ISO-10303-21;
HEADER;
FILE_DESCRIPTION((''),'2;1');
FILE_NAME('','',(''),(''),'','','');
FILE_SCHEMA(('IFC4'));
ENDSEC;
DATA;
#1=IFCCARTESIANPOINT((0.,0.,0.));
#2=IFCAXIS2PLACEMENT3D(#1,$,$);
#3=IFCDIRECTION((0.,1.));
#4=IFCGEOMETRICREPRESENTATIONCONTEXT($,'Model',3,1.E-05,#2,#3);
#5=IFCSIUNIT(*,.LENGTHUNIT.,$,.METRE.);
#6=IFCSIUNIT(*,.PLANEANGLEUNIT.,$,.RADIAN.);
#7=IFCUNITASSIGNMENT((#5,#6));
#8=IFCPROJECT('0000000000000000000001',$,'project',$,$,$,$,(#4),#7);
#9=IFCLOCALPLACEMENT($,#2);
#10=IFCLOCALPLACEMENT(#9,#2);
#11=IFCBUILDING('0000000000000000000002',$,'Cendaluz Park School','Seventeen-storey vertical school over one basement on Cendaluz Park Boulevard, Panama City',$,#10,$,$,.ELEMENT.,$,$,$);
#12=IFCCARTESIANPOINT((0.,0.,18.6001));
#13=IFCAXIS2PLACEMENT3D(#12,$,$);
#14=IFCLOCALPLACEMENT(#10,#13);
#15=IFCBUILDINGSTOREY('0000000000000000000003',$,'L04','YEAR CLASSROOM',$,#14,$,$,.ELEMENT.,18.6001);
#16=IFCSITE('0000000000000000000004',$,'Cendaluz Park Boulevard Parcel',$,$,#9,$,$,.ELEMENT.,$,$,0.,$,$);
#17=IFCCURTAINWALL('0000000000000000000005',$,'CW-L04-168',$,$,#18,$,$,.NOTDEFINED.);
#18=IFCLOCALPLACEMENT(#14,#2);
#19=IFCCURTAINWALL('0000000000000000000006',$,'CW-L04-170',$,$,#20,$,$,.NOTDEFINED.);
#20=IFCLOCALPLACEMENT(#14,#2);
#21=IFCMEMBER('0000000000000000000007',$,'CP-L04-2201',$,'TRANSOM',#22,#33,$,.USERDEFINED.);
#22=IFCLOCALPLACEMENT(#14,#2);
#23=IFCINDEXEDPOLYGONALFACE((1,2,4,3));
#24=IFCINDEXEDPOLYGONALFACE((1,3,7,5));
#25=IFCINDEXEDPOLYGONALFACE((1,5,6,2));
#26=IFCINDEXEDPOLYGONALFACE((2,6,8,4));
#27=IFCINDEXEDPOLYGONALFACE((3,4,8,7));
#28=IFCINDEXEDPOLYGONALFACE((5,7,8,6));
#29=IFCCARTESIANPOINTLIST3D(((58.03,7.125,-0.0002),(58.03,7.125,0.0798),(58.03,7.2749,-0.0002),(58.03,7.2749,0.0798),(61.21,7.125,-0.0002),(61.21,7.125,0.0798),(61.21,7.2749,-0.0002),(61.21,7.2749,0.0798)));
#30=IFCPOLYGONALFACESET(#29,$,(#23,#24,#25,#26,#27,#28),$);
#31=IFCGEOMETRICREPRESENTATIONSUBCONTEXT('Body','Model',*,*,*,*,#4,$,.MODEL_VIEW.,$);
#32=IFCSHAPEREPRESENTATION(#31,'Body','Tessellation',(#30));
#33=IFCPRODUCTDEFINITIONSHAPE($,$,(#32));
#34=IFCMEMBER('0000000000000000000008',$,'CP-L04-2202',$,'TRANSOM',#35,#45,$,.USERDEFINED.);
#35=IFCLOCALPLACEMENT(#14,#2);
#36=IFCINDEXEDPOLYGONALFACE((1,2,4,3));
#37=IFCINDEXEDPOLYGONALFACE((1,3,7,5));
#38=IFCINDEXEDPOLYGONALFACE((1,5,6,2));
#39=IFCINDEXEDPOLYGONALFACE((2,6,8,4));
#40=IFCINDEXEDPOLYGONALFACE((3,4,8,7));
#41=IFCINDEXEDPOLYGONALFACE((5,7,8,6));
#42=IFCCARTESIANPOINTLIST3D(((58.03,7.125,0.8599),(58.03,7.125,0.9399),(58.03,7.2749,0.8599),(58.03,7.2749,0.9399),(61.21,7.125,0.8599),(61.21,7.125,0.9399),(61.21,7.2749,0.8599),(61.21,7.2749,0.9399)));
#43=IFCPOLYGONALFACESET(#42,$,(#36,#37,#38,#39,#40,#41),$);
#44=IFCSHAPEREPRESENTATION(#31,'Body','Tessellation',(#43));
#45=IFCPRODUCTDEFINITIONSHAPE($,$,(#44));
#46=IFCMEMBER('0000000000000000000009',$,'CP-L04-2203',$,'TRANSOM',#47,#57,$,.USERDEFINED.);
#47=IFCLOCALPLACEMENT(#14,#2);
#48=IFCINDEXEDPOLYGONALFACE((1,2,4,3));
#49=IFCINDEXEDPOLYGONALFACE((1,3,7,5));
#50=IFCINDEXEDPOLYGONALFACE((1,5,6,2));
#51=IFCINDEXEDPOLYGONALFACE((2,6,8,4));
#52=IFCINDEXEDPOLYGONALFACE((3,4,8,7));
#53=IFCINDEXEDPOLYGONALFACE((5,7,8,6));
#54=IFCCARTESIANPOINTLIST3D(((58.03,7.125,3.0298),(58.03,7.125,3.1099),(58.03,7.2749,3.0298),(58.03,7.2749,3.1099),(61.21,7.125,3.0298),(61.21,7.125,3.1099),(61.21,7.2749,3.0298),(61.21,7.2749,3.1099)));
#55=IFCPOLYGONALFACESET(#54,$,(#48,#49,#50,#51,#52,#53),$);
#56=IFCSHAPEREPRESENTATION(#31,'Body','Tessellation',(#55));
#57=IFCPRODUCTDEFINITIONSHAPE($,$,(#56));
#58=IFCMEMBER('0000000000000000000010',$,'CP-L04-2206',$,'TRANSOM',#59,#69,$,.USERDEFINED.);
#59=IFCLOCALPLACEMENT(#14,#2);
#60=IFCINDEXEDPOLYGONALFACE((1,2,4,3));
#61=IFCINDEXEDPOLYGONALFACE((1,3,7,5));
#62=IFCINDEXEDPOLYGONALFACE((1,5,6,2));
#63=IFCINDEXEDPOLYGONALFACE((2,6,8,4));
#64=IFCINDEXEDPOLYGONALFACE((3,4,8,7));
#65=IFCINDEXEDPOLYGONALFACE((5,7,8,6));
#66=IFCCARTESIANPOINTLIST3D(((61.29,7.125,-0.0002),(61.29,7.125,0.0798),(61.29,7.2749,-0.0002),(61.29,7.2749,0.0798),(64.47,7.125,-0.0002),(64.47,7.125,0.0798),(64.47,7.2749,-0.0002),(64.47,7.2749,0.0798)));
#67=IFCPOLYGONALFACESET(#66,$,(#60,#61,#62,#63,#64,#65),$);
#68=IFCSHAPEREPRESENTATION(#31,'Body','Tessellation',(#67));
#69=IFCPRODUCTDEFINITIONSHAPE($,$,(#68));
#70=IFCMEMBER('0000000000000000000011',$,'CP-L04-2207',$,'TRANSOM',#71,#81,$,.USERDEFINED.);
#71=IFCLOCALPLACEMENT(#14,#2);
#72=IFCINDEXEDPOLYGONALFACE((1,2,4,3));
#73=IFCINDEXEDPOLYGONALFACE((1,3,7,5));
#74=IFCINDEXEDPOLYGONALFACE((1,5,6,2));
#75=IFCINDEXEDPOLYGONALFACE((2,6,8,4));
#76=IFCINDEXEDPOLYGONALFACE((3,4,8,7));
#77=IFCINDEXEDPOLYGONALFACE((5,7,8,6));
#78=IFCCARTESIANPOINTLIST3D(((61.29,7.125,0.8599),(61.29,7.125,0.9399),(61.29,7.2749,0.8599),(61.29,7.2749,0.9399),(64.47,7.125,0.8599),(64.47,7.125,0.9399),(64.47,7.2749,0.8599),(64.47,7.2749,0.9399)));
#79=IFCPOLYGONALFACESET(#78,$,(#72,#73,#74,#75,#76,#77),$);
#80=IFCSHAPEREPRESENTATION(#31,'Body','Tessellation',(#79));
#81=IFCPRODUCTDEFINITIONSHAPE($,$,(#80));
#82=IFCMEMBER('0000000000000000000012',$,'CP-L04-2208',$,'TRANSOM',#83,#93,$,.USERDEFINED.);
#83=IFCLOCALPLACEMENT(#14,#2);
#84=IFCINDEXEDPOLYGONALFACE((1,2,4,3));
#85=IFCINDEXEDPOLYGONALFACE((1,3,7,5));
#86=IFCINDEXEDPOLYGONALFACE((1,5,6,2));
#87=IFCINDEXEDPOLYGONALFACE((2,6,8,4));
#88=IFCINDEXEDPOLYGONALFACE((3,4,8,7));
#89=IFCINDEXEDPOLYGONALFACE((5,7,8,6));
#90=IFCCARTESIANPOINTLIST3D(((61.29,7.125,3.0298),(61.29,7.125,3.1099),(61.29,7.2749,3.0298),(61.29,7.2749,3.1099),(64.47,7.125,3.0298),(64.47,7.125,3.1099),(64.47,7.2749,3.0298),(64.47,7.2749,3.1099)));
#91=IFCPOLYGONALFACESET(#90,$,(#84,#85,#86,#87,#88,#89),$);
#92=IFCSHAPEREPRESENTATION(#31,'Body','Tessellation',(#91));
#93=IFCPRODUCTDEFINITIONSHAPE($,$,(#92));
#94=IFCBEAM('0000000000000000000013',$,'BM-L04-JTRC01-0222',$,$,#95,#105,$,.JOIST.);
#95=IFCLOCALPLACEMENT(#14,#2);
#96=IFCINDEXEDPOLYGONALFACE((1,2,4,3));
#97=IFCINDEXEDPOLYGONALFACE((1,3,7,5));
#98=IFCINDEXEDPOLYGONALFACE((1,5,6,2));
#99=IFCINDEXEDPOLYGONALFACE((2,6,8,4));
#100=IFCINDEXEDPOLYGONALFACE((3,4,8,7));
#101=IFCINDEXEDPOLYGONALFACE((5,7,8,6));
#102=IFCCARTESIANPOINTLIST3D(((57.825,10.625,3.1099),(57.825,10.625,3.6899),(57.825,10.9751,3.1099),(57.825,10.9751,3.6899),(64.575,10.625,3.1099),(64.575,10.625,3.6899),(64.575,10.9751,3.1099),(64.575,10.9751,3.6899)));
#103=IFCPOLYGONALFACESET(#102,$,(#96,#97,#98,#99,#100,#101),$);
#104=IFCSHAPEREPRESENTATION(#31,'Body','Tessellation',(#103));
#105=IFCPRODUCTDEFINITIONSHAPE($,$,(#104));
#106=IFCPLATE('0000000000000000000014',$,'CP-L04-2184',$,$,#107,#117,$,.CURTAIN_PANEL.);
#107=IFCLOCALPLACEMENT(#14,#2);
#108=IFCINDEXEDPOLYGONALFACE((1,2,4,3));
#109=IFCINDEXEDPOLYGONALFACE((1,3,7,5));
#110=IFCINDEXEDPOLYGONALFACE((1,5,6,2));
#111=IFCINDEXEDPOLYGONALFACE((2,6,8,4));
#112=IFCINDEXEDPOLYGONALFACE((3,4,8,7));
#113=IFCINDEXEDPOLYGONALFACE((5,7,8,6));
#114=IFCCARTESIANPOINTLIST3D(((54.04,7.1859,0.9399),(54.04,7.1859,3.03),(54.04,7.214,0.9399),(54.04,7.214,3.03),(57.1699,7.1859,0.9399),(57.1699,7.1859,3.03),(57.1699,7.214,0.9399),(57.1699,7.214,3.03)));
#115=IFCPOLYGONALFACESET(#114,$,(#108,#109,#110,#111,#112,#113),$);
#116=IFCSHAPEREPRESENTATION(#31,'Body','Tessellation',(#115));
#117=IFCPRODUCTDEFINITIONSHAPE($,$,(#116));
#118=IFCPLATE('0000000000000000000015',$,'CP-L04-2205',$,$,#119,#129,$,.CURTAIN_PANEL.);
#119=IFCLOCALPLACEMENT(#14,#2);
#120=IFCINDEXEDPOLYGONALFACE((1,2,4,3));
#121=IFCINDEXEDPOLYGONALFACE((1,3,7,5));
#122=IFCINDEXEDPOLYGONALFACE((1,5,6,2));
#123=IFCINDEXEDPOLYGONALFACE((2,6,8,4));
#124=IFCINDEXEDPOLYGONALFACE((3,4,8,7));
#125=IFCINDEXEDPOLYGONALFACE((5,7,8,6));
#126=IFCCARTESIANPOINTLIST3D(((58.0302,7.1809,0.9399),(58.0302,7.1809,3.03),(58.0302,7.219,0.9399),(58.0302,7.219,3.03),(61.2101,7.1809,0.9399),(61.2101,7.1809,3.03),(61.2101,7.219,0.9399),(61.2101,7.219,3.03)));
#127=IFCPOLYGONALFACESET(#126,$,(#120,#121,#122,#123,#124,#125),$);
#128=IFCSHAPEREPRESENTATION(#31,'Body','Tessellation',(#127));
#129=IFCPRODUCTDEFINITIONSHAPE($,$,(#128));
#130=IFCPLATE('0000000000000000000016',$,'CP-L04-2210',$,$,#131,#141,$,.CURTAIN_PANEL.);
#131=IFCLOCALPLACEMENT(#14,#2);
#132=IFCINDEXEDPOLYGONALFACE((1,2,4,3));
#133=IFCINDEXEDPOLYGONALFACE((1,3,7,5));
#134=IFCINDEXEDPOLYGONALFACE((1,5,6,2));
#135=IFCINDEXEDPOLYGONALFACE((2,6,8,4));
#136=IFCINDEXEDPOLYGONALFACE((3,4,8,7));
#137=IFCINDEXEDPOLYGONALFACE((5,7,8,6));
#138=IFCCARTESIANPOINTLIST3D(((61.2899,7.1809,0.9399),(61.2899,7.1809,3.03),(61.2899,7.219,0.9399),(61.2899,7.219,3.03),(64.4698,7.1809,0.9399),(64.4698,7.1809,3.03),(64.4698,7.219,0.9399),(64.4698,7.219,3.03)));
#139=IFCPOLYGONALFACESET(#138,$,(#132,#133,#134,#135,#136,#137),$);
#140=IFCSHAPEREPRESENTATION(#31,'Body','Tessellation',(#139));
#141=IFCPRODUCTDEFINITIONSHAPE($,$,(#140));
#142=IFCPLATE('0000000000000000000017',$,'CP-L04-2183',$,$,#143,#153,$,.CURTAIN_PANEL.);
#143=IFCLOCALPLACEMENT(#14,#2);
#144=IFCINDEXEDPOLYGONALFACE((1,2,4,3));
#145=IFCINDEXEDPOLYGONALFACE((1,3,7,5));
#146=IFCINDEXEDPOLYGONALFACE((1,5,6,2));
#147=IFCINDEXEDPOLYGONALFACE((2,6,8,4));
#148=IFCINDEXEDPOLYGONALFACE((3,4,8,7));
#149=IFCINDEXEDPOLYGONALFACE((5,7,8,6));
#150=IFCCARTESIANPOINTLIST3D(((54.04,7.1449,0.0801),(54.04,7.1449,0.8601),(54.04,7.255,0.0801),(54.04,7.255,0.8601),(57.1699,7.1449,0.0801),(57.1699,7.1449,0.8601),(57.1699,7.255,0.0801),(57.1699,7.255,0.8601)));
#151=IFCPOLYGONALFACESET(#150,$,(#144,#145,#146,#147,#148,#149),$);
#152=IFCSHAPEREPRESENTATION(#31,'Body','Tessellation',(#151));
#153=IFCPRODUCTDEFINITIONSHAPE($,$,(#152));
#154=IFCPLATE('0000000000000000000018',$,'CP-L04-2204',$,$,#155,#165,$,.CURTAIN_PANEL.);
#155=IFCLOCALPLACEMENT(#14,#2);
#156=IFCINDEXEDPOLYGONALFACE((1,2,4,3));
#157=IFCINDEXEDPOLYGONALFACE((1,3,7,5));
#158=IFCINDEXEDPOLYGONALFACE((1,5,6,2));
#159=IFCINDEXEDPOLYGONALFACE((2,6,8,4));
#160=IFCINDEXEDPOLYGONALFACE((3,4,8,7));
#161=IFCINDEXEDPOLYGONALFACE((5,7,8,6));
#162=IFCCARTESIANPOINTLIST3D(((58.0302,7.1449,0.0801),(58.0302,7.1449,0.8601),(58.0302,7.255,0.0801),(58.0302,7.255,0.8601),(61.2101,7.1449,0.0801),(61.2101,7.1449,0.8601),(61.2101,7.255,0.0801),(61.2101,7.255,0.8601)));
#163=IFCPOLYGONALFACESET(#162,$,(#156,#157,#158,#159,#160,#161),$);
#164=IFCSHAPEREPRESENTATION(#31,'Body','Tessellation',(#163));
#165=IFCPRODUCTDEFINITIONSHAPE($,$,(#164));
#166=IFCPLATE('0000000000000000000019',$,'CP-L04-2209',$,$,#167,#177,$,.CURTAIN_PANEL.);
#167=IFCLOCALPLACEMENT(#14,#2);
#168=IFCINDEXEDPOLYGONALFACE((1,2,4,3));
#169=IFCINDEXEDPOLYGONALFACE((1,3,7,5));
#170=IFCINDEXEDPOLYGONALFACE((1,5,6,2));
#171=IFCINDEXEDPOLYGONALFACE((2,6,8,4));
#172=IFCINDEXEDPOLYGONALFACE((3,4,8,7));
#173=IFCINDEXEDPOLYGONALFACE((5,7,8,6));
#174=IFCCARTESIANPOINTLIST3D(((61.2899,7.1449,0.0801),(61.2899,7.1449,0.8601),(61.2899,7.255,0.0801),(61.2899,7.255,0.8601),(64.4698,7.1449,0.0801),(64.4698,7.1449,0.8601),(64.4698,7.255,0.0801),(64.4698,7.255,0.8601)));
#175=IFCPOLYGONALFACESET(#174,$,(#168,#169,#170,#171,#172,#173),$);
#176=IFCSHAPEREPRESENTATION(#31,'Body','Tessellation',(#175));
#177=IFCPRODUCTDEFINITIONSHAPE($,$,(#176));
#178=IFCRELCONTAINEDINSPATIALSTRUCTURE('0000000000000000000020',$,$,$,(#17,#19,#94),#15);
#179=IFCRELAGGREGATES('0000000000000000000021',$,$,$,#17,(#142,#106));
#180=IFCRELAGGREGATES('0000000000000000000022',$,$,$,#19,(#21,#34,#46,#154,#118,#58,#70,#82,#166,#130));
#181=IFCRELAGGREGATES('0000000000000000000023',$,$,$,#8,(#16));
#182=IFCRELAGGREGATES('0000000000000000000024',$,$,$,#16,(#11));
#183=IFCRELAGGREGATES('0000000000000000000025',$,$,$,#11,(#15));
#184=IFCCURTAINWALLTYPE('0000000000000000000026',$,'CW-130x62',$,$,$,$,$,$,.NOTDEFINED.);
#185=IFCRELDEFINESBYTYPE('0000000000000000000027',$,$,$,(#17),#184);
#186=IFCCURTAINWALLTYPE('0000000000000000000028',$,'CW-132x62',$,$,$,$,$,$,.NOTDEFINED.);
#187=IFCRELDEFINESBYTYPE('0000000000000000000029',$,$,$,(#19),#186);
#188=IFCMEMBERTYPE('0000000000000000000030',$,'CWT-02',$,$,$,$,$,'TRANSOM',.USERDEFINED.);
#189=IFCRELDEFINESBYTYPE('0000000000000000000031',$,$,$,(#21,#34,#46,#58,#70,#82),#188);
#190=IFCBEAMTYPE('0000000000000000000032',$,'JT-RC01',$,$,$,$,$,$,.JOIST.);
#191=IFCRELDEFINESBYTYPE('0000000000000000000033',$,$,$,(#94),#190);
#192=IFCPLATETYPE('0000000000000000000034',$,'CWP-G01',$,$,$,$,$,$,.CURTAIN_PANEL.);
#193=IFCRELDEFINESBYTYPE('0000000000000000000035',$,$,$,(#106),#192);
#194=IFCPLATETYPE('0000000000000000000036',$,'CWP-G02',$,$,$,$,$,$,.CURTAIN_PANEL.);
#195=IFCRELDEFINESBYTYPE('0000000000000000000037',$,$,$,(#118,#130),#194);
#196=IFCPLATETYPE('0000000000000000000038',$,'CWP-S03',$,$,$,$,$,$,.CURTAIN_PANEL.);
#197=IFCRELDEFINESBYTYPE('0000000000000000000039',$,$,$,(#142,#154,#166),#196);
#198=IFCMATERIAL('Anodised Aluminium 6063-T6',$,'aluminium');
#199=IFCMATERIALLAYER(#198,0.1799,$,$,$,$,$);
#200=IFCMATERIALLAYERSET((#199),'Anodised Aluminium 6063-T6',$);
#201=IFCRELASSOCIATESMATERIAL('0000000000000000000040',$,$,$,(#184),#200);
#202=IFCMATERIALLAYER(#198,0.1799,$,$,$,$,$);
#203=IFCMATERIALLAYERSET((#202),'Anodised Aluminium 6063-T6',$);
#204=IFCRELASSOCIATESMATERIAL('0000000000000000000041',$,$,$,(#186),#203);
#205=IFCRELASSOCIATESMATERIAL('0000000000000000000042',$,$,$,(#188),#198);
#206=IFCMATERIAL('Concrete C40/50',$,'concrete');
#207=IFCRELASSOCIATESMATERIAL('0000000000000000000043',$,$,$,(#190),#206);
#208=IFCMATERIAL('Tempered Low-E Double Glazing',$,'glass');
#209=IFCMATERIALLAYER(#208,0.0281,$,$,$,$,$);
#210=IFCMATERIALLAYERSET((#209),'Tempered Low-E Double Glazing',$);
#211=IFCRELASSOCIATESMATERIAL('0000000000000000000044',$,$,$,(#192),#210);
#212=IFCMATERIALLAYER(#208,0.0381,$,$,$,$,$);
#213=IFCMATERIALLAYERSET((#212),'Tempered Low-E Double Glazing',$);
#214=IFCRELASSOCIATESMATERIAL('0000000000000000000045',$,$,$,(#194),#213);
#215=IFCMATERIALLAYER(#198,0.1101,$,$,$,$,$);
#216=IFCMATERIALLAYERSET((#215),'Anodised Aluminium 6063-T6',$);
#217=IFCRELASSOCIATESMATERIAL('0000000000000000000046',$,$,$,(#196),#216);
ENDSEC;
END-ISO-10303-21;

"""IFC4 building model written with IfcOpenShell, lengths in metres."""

from ifc_helpers import new_model, si_unit, direction, frame, origin, origin_2d, place, context, subcontext, project, spatial, rectangle, extrude, material, layer, layer_set, material_profile, profile_set, type_object, element, aggregate, save


model = new_model("IFC4")

# Units and contexts
model_context = context("Model", 3, precision=1e-05, world=origin(), true_north=direction((0.0, 1.0)))
body_context = subcontext(model_context, "Body", "Model", "MODEL_VIEW")
ifc_project = project(units=[si_unit("LENGTHUNIT", "METRE"), si_unit("PLANEANGLEUNIT", "RADIAN")], contexts=[model_context])

# Site, building, storey
site_placement = place(None, origin())
site = spatial("IfcSite", under=ifc_project, at=site_placement, Name="Cendaluz Park Boulevard Parcel", CompositionType="ELEMENT", RefElevation=0.0)
building_placement = place(site_placement, origin())
building = spatial("IfcBuilding", under=site, at=building_placement, Name="Cendaluz Park School", Description="Seventeen-storey vertical school over one basement on Cendaluz Park Boulevard, Panama City", CompositionType="ELEMENT")
storey_placement = place(building_placement, frame((0.0, 0.0, 18.6001)))
storey = spatial("IfcBuildingStorey", under=building, at=storey_placement, Name="L04", Description="YEAR CLASSROOM", CompositionType="ELEMENT", Elevation=18.6001)

# Shared definitions
ifc_material_1 = material(Name="Concrete C40/50", Category="concrete")

# Curtain wall
ifc_material_2 = material(Name="Anodised Aluminium 6063-T6", Category="aluminium")
ifc_layer_1 = layer(ifc_material_2, 0.1799)
ifc_layer_set_1 = layer_set([ifc_layer_1], Name="Anodised Aluminium 6063-T6")
curtain_wall_type_1 = type_object("IfcCurtainWallType", Name="CW-130x62", PredefinedType="NOTDEFINED", material=ifc_layer_set_1)
curtain_wall_1_placement = place(storey_placement, origin())
curtain_wall_1 = element("IfcCurtainWall", 1, at=curtain_wall_1_placement, inside=storey, type_object=curtain_wall_type_1, Name="CW-L04-168", PredefinedType="NOTDEFINED")

# Curtain wall
ifc_layer_2 = layer(ifc_material_2, 0.1799)
ifc_layer_set_2 = layer_set([ifc_layer_2], Name="Anodised Aluminium 6063-T6")
curtain_wall_type_2 = type_object("IfcCurtainWallType", Name="CW-132x62", PredefinedType="NOTDEFINED", material=ifc_layer_set_2)
curtain_wall_2_placement = place(storey_placement, origin())
curtain_wall_2 = element("IfcCurtainWall", 2, at=curtain_wall_2_placement, inside=storey, type_object=curtain_wall_type_2, Name="CW-L04-170", PredefinedType="NOTDEFINED")

# Members
ifc_material_profile_1 = material_profile(ifc_material_2, rectangle(XDim=0.1499, YDim=0.0801, at=origin_2d()), Name="CWT 150x80", Category="aluminium")
ifc_profile_set_1 = profile_set([ifc_material_profile_1], Name="Anodised Aluminium 6063-T6")
member_type_1 = type_object("IfcMemberType", Name="CWT-02", ElementType="TRANSOM", PredefinedType="USERDEFINED", material=ifc_profile_set_1)
member_1_placement = place(storey_placement, frame((58.03, 7.2, 0.0398), z_axis=(1.0, 0.0, 0.0), x_axis=(0.0, 1.0, 0.0)))
member_1 = element("IfcMember", 3, at=member_1_placement, type_object=member_type_1, Name="CP-L04-2201", ObjectType="TRANSOM", PredefinedType="USERDEFINED", context=body_context, shape_type="SweptSolid", body=[
    extrude(rectangle(XDim=0.1499, YDim=0.0801, at=origin_2d()), origin(), (0.0, 0.0, 1.0), 3.1799),
])
member_2_placement = place(storey_placement, frame((58.03, 7.2, 0.8999), z_axis=(1.0, 0.0, 0.0), x_axis=(0.0, 1.0, 0.0)))
member_2 = element("IfcMember", 4, at=member_2_placement, type_object=member_type_1, Name="CP-L04-2202", ObjectType="TRANSOM", PredefinedType="USERDEFINED", context=body_context, shape_type="SweptSolid", body=[
    extrude(rectangle(XDim=0.1499, YDim=0.0801, at=origin_2d()), origin(), (0.0, 0.0, 1.0), 3.1799),
])
member_3_placement = place(storey_placement, frame((58.03, 7.2, 3.0698), z_axis=(1.0, 0.0, 0.0), x_axis=(0.0, 1.0, 0.0)))
member_3 = element("IfcMember", 5, at=member_3_placement, type_object=member_type_1, Name="CP-L04-2203", ObjectType="TRANSOM", PredefinedType="USERDEFINED", context=body_context, shape_type="SweptSolid", body=[
    extrude(rectangle(XDim=0.1499, YDim=0.0801, at=origin_2d()), origin(), (0.0, 0.0, 1.0), 3.1799),
])
member_4_placement = place(storey_placement, frame((61.29, 7.2, 0.0398), z_axis=(1.0, 0.0, 0.0), x_axis=(0.0, 1.0, 0.0)))
member_4 = element("IfcMember", 6, at=member_4_placement, type_object=member_type_1, Name="CP-L04-2206", ObjectType="TRANSOM", PredefinedType="USERDEFINED", context=body_context, shape_type="SweptSolid", body=[
    extrude(rectangle(XDim=0.1499, YDim=0.0801, at=origin_2d()), origin(), (0.0, 0.0, 1.0), 3.1799),
])
member_5_placement = place(storey_placement, frame((61.29, 7.2, 0.8999), z_axis=(1.0, 0.0, 0.0), x_axis=(0.0, 1.0, 0.0)))
member_5 = element("IfcMember", 7, at=member_5_placement, type_object=member_type_1, Name="CP-L04-2207", ObjectType="TRANSOM", PredefinedType="USERDEFINED", context=body_context, shape_type="SweptSolid", body=[
    extrude(rectangle(XDim=0.1499, YDim=0.0801, at=origin_2d()), origin(), (0.0, 0.0, 1.0), 3.1799),
])
member_6_placement = place(storey_placement, frame((61.29, 7.2, 3.0698), z_axis=(1.0, 0.0, 0.0), x_axis=(0.0, 1.0, 0.0)))
member_6 = element("IfcMember", 8, at=member_6_placement, type_object=member_type_1, Name="CP-L04-2208", ObjectType="TRANSOM", PredefinedType="USERDEFINED", context=body_context, shape_type="SweptSolid", body=[
    extrude(rectangle(XDim=0.1499, YDim=0.0801, at=origin_2d()), origin(), (0.0, 0.0, 1.0), 3.1799),
])

# Beam
ifc_material_profile_2 = material_profile(ifc_material_1, rectangle(XDim=0.3501, YDim=0.5801, at=origin_2d()), Name="RC 350x580", Category="concrete")
ifc_profile_set_2 = profile_set([ifc_material_profile_2], Name="Concrete C40/50")
beam_type_1 = type_object("IfcBeamType", Name="JT-RC01", PredefinedType="JOIST", material=ifc_profile_set_2)
beam_1_placement = place(storey_placement, frame((57.825, 10.8, 3.3999), z_axis=(1.0, 0.0, 0.0), x_axis=(0.0, 1.0, 0.0)))
element("IfcBeam", 9, at=beam_1_placement, inside=storey, type_object=beam_type_1, Name="BM-L04-JTRC01-0222", PredefinedType="JOIST", context=body_context, shape_type="SweptSolid", body=[
    extrude(rectangle(XDim=0.3501, YDim=0.5801, at=origin_2d()), origin(), (0.0, 0.0, 1.0), 6.75),
])

# Plates
ifc_material_3 = material(Name="Tempered Low-E Double Glazing", Category="glass")
ifc_layer_3 = layer(ifc_material_3, 0.0281)
ifc_layer_set_3 = layer_set([ifc_layer_3], Name="Tempered Low-E Double Glazing")
plate_type_1 = type_object("IfcPlateType", Name="CWP-G01", PredefinedType="CURTAIN_PANEL", material=ifc_layer_set_3)
plate_1_placement = place(storey_placement, frame((55.605, 7.2, 0.9399), z_axis=(0.0, 0.0, 1.0), x_axis=(1.0, 0.0, 0.0)))
plate_1 = element("IfcPlate", 10, at=plate_1_placement, type_object=plate_type_1, Name="CP-L04-2184", PredefinedType="CURTAIN_PANEL", context=body_context, shape_type="SweptSolid", body=[
    extrude(rectangle(XDim=3.1299, YDim=0.0281, at=origin_2d()), origin(), (0.0, 0.0, 1.0), 2.0901),
])
ifc_layer_4 = layer(ifc_material_3, 0.0381)
ifc_layer_set_4 = layer_set([ifc_layer_4], Name="Tempered Low-E Double Glazing")
plate_type_2 = type_object("IfcPlateType", Name="CWP-G02", PredefinedType="CURTAIN_PANEL", material=ifc_layer_set_4)
plate_2_placement = place(storey_placement, frame((59.6201, 7.2, 0.9399), z_axis=(0.0, 0.0, 1.0), x_axis=(1.0, 0.0, 0.0)))
plate_2 = element("IfcPlate", 11, at=plate_2_placement, type_object=plate_type_2, Name="CP-L04-2205", PredefinedType="CURTAIN_PANEL", context=body_context, shape_type="SweptSolid", body=[
    extrude(rectangle(XDim=3.1799, YDim=0.0381, at=origin_2d()), origin(), (0.0, 0.0, 1.0), 2.0901),
])
plate_3_placement = place(storey_placement, frame((62.8799, 7.2, 0.9399), z_axis=(0.0, 0.0, 1.0), x_axis=(1.0, 0.0, 0.0)))
plate_3 = element("IfcPlate", 12, at=plate_3_placement, type_object=plate_type_2, Name="CP-L04-2210", PredefinedType="CURTAIN_PANEL", context=body_context, shape_type="SweptSolid", body=[
    extrude(rectangle(XDim=3.1799, YDim=0.0381, at=origin_2d()), origin(), (0.0, 0.0, 1.0), 2.0901),
])
ifc_layer_5 = layer(ifc_material_2, 0.1101)
ifc_layer_set_5 = layer_set([ifc_layer_5], Name="Anodised Aluminium 6063-T6")
plate_type_3 = type_object("IfcPlateType", Name="CWP-S03", PredefinedType="CURTAIN_PANEL", material=ifc_layer_set_5)
plate_4_placement = place(storey_placement, frame((55.605, 7.2, 0.0801), z_axis=(0.0, 0.0, 1.0), x_axis=(1.0, 0.0, 0.0)))
plate_4 = element("IfcPlate", 13, at=plate_4_placement, type_object=plate_type_3, Name="CP-L04-2183", PredefinedType="CURTAIN_PANEL", context=body_context, shape_type="SweptSolid", body=[
    extrude(rectangle(XDim=3.1299, YDim=0.1101, at=origin_2d()), origin(), (0.0, 0.0, 1.0), 0.78),
])
aggregate(curtain_wall_1, [plate_4, plate_1])
plate_5_placement = place(storey_placement, frame((59.6201, 7.2, 0.0801), z_axis=(0.0, 0.0, 1.0), x_axis=(1.0, 0.0, 0.0)))
plate_5 = element("IfcPlate", 14, at=plate_5_placement, type_object=plate_type_3, Name="CP-L04-2204", PredefinedType="CURTAIN_PANEL", context=body_context, shape_type="SweptSolid", body=[
    extrude(rectangle(XDim=3.1799, YDim=0.1101, at=origin_2d()), origin(), (0.0, 0.0, 1.0), 0.78),
])
plate_6_placement = place(storey_placement, frame((62.8799, 7.2, 0.0801), z_axis=(0.0, 0.0, 1.0), x_axis=(1.0, 0.0, 0.0)))
plate_6 = element("IfcPlate", 15, at=plate_6_placement, type_object=plate_type_3, Name="CP-L04-2209", PredefinedType="CURTAIN_PANEL", context=body_context, shape_type="SweptSolid", body=[
    extrude(rectangle(XDim=3.1799, YDim=0.1101, at=origin_2d()), origin(), (0.0, 0.0, 1.0), 0.78),
])
aggregate(curtain_wall_2, [member_1, member_2, member_3, plate_5, plate_2, member_4, member_5, member_6, plate_6, plate_3])

save(model, "model.ifc")
